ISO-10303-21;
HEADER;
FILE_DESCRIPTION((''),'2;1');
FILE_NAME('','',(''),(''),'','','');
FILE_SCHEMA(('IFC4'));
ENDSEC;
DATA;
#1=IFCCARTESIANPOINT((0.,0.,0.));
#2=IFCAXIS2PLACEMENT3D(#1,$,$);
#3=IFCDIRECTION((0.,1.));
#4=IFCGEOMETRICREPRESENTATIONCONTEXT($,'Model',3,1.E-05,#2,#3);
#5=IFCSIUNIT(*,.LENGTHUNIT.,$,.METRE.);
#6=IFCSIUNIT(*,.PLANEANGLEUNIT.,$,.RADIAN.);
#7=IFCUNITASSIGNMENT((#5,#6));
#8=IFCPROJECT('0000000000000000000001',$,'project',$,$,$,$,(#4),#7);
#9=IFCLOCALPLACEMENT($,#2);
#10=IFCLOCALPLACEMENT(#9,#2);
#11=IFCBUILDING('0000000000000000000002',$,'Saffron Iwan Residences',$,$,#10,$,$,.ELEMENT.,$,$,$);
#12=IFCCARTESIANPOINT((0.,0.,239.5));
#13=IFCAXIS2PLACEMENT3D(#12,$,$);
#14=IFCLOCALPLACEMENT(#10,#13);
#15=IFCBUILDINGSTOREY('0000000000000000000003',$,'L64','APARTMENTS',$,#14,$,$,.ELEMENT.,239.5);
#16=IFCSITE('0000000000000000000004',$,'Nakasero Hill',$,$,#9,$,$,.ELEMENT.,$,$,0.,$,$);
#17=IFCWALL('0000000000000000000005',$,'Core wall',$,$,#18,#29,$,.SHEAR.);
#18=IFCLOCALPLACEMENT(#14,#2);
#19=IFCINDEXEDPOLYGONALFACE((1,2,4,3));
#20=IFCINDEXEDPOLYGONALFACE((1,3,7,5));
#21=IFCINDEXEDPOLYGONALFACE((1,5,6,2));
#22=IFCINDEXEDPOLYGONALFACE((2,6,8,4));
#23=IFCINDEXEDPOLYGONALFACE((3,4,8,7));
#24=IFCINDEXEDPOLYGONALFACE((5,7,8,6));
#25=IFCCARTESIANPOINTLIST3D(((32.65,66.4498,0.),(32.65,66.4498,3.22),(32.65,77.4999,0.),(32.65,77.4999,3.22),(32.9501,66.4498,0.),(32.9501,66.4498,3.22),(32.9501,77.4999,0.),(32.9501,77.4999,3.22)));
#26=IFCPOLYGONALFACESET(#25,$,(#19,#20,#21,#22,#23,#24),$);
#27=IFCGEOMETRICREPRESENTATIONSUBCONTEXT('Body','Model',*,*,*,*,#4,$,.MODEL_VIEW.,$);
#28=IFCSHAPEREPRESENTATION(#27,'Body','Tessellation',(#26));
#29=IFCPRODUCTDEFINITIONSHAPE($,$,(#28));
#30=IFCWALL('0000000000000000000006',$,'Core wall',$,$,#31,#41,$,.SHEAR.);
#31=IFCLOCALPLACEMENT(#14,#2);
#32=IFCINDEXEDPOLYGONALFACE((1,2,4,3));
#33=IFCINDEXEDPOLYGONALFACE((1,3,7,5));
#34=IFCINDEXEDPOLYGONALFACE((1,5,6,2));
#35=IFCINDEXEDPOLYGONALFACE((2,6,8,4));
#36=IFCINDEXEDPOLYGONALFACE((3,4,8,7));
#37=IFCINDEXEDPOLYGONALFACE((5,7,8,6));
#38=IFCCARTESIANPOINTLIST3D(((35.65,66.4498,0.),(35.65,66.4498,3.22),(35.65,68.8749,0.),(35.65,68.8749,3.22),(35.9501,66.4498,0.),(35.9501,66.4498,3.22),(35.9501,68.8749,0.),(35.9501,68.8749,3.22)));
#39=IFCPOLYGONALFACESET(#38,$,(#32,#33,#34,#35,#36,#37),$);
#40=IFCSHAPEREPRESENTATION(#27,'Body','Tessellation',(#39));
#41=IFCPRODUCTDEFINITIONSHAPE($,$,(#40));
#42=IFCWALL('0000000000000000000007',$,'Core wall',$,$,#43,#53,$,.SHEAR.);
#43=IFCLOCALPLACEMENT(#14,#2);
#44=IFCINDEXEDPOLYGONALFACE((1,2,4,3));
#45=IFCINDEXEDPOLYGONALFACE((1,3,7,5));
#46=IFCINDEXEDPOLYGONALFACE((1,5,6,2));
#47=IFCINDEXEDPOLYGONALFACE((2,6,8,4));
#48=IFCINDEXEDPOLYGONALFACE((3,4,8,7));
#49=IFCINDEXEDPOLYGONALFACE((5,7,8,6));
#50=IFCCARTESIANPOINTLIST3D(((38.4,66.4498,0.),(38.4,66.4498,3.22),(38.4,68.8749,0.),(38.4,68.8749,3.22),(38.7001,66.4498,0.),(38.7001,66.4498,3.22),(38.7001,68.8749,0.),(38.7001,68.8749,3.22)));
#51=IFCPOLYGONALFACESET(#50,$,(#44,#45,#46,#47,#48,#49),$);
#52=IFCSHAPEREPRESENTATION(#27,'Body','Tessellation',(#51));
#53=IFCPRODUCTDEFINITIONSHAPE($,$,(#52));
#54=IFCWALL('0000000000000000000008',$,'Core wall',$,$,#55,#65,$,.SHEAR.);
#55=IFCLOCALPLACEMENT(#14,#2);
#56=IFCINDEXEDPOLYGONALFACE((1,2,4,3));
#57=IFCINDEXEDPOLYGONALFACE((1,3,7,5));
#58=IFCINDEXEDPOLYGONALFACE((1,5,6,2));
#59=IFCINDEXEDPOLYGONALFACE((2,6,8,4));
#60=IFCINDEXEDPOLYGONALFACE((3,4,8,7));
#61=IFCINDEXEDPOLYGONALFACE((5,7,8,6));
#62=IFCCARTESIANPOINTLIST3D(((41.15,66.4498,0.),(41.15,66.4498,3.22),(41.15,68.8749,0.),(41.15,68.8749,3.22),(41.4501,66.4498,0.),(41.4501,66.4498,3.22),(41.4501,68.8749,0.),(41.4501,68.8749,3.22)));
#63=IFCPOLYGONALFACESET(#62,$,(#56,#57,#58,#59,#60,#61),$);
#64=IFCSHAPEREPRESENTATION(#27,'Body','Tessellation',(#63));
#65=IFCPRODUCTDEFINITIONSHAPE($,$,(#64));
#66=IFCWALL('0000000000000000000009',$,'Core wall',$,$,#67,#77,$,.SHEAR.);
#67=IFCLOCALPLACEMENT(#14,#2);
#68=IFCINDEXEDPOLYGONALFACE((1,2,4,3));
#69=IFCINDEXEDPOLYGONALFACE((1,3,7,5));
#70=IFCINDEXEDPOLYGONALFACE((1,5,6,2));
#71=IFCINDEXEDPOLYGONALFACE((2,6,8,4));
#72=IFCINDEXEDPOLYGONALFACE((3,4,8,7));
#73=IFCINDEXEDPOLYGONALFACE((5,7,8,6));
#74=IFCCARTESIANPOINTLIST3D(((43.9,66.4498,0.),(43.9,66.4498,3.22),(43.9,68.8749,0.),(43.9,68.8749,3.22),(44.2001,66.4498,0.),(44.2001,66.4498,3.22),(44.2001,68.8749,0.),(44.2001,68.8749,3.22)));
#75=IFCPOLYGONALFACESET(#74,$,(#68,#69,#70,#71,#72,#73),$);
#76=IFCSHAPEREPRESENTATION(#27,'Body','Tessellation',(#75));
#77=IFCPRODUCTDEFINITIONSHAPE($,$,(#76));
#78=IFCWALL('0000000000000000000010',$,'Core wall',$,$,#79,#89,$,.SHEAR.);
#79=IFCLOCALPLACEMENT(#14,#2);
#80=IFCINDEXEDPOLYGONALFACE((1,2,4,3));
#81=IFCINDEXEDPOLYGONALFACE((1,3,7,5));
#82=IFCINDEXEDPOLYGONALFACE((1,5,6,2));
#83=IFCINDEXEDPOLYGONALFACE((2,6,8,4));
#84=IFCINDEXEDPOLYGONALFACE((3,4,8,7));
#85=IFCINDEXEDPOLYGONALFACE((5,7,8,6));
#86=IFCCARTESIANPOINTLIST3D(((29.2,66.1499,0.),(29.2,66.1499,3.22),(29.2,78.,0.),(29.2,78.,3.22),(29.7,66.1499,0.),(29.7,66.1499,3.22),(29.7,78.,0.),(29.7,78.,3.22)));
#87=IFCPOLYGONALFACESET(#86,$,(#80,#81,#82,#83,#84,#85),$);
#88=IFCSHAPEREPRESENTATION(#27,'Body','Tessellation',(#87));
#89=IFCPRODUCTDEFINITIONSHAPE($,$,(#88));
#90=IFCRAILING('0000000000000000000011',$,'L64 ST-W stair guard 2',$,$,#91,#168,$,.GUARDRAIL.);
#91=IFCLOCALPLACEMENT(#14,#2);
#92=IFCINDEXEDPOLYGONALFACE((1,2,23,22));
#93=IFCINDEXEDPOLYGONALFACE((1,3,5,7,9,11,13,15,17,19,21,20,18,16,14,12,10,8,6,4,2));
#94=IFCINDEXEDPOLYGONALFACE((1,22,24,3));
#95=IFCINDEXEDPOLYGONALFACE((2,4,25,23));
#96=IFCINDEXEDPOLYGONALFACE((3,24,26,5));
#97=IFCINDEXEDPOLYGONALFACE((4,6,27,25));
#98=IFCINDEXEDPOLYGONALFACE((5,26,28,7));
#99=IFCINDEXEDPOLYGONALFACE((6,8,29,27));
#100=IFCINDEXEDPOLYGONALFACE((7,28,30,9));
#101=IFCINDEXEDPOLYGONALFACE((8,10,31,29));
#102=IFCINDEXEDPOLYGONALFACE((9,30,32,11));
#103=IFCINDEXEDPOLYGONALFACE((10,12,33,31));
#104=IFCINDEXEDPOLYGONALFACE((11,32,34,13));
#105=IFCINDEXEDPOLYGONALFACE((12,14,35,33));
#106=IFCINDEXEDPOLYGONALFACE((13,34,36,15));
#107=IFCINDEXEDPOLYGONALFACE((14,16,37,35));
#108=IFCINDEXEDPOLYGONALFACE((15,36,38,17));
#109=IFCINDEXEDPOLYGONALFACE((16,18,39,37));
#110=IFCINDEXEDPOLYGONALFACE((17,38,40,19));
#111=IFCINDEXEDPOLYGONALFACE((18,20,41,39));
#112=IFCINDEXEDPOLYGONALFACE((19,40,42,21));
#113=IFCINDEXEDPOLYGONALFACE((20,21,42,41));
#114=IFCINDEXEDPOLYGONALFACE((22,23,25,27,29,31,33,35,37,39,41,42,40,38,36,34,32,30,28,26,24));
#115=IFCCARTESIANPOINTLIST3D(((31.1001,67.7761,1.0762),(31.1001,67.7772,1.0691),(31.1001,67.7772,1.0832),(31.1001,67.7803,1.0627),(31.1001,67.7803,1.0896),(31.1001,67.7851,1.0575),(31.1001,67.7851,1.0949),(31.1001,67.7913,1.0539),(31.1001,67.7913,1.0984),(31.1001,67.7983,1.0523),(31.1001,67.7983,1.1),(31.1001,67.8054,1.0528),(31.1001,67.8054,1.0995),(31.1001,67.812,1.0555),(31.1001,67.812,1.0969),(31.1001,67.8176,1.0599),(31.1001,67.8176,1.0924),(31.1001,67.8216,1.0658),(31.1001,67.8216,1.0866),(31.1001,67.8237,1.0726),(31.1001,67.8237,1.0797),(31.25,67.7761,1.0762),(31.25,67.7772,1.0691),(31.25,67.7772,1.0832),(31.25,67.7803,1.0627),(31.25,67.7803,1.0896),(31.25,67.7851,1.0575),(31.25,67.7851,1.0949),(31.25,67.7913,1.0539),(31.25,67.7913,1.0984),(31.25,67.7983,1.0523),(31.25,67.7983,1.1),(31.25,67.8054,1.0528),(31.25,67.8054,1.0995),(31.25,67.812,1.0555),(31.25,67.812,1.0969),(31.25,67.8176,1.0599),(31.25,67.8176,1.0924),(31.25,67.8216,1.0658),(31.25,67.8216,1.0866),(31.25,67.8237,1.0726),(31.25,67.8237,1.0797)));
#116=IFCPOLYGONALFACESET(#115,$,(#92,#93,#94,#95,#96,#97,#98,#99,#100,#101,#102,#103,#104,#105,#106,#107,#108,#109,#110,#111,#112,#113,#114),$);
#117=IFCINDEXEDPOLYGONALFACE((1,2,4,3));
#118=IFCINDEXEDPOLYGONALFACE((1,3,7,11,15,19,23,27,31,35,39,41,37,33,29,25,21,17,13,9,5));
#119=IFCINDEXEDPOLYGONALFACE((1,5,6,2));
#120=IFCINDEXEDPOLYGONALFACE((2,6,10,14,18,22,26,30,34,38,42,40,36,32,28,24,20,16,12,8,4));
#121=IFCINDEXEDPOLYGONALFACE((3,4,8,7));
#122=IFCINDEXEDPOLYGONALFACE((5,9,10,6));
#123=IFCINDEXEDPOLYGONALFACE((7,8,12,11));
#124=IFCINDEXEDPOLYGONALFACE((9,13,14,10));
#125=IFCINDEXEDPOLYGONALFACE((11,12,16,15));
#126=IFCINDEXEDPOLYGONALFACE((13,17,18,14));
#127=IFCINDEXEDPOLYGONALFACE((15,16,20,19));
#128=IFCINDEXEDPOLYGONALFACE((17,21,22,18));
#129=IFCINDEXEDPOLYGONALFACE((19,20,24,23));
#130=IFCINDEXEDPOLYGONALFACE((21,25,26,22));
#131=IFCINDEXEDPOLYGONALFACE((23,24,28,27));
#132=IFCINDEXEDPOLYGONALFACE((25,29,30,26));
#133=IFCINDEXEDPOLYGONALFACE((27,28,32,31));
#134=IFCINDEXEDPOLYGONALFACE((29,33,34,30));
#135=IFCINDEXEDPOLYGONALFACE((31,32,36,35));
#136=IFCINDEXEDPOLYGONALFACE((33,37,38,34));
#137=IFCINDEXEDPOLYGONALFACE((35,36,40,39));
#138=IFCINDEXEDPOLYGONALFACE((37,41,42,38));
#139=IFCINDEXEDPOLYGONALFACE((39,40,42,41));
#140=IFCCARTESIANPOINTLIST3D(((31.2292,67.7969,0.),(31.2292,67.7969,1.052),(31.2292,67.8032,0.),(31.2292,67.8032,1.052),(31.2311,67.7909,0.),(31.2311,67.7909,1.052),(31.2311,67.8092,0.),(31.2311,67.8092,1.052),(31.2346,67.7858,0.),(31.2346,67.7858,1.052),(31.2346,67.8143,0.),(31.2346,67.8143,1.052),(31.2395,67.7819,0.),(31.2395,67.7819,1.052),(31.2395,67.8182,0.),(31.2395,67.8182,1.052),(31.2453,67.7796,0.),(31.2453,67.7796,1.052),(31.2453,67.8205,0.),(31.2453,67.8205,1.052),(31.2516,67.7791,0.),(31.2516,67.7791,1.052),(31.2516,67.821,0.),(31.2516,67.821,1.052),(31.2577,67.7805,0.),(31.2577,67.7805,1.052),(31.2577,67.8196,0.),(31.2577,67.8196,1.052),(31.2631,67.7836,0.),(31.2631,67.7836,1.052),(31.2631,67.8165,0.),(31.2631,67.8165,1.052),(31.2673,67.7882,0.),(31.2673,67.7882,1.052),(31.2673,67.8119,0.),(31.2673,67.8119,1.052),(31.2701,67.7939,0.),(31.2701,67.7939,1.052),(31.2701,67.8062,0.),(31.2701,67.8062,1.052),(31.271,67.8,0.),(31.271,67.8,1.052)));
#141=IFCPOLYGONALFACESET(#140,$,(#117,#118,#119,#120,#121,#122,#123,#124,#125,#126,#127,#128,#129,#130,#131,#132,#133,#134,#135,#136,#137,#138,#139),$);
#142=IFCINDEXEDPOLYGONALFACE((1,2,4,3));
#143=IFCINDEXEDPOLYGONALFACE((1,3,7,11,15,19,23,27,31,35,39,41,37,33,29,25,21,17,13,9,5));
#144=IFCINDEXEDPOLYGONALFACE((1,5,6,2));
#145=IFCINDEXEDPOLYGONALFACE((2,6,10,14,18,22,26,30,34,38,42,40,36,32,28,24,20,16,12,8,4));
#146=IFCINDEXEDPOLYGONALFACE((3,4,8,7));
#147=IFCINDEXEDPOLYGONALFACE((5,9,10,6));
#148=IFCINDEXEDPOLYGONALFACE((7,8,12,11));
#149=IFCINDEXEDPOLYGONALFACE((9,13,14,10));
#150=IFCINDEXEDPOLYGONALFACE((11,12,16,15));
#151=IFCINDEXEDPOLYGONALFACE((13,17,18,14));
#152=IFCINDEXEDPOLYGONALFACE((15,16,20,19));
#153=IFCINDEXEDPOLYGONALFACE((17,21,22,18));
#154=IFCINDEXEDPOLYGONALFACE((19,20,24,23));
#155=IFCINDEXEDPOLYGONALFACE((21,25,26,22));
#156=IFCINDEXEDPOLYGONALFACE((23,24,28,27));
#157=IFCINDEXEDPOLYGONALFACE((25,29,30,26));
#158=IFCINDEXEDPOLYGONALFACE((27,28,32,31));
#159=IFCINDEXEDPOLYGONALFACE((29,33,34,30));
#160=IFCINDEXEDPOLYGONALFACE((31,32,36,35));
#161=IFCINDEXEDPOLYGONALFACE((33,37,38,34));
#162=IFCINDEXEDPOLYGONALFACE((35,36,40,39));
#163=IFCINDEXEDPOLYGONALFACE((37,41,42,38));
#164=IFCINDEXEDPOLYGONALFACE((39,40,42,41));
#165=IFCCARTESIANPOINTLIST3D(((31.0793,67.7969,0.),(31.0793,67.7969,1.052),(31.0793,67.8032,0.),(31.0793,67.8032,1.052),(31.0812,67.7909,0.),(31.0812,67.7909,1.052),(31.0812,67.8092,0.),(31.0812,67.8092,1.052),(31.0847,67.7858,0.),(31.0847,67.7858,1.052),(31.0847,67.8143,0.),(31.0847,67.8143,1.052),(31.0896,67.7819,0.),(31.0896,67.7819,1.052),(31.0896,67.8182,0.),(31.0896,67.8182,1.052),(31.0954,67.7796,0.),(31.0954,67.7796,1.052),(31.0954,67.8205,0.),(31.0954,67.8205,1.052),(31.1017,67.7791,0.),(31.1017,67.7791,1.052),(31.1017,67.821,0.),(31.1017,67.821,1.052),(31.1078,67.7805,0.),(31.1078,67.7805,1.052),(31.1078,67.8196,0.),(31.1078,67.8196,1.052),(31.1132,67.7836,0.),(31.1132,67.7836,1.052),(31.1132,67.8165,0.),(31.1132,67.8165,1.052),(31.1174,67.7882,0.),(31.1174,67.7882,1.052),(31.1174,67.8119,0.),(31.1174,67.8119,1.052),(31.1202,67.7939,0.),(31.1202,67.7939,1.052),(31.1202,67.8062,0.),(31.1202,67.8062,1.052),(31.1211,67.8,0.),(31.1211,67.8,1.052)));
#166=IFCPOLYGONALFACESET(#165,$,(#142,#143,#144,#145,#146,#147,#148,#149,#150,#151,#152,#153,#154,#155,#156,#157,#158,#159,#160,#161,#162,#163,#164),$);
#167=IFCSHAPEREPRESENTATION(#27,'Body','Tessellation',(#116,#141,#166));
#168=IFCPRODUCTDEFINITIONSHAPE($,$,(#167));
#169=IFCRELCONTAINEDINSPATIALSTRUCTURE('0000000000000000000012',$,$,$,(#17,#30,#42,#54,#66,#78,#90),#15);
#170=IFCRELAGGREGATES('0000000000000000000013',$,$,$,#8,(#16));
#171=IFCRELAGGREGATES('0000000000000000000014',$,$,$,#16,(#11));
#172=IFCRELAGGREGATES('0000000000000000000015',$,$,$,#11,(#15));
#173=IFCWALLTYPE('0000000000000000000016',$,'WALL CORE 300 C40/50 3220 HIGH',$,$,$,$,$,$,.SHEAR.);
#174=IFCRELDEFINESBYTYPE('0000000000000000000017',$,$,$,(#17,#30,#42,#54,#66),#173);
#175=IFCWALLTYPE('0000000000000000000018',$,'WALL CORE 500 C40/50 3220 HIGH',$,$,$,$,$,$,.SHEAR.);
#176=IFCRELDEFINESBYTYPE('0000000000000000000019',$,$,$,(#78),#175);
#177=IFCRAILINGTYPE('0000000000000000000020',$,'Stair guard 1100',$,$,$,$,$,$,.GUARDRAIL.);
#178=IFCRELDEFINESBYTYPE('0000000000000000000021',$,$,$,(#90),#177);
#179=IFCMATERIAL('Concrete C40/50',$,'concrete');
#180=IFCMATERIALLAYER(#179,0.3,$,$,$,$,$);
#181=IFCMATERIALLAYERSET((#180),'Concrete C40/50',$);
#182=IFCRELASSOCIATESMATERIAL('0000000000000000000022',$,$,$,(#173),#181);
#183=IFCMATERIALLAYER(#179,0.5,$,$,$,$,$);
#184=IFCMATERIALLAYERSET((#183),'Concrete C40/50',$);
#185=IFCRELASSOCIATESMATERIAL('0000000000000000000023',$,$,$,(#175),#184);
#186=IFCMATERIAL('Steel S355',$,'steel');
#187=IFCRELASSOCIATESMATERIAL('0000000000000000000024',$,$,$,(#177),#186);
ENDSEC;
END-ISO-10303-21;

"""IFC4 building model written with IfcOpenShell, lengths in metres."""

from ifc_helpers import new_model, si_unit, direction, frame, frame_2d, origin, origin_2d, place, context, subcontext, project, spatial, rectangle, circle, extrude, material, layer, layer_set, type_object, element, save


model = new_model("IFC4")

# Units and contexts
model_context = context("Model", 3, precision=1e-05, world=origin(), true_north=direction((0.0, 1.0)))
body_context = subcontext(model_context, "Body", "Model", "MODEL_VIEW")
ifc_project = project(units=[si_unit("LENGTHUNIT", "METRE"), si_unit("PLANEANGLEUNIT", "RADIAN")], contexts=[model_context])

# Site, building, storey
site_placement = place(None, origin())
site = spatial("IfcSite", under=ifc_project, at=site_placement, Name="Nakasero Hill", CompositionType="ELEMENT", RefElevation=0.0)
building_placement = place(site_placement, origin())
building = spatial("IfcBuilding", under=site, at=building_placement, Name="Saffron Iwan Residences", CompositionType="ELEMENT")
storey_placement = place(building_placement, frame((0.0, 0.0, 239.5)))
storey = spatial("IfcBuildingStorey", under=building, at=storey_placement, Name="L64", Description="APARTMENTS", CompositionType="ELEMENT", Elevation=239.5)

# Shared definitions
ifc_material_1 = material(Name="Concrete C40/50", Category="concrete")

# Shared definitions
ifc_layer_1 = layer(ifc_material_1, 0.3)
ifc_layer_set_1 = layer_set([ifc_layer_1], Name="Concrete C40/50")
wall_type_1 = type_object("IfcWallType", Name="WALL CORE 300 C40/50 3220 HIGH", PredefinedType="SHEAR", material=ifc_layer_set_1)

# Walls
wall_1_placement = place(storey_placement, frame((32.8, 66.45, 0.0), z_axis=(0.0, 0.0, 1.0), x_axis=(0.0, 1.0, 0.0)))
element("IfcWall", 1, at=wall_1_placement, inside=storey, type_object=wall_type_1, Name="Core wall", PredefinedType="SHEAR", context=body_context, shape_type="SweptSolid", body=[
    extrude(rectangle(XDim=11.05, YDim=0.3, at=frame_2d((5.5249, 0.0))), origin(), (0.0, 0.0, 1.0), 3.22),
])
for number, where, z_axis, x_axis, name in (
    (2, (35.8, 66.45, 0.0), (0.0, 0.0, 1.0), (0.0, 1.0, 0.0), "Core wall"),
    (3, (38.55, 66.45, 0.0), (0.0, 0.0, 1.0), (0.0, 1.0, 0.0), "Core wall"),
    (4, (41.3, 66.45, 0.0), (0.0, 0.0, 1.0), (0.0, 1.0, 0.0), "Core wall"),
    (5, (44.05, 66.45, 0.0), (0.0, 0.0, 1.0), (0.0, 1.0, 0.0), "Core wall"),
):
    element("IfcWall", number, at=place(storey_placement, frame(where, z_axis=z_axis, x_axis=x_axis)), inside=storey, type_object=wall_type_1, Name=name, PredefinedType="SHEAR", context=body_context, shape_type="SweptSolid", body=[
        extrude(rectangle(XDim=2.425, YDim=0.3, at=frame_2d((1.2124, 0.0))), origin(), (0.0, 0.0, 1.0), 3.22),
    ])
ifc_layer_2 = layer(ifc_material_1, 0.5)
ifc_layer_set_2 = layer_set([ifc_layer_2], Name="Concrete C40/50")
wall_type_2 = type_object("IfcWallType", Name="WALL CORE 500 C40/50 3220 HIGH", PredefinedType="SHEAR", material=ifc_layer_set_2)
wall_2_placement = place(storey_placement, frame((29.45, 66.1499, 0.0), z_axis=(0.0, 0.0, 1.0), x_axis=(0.0, 1.0, 0.0)))
element("IfcWall", 6, at=wall_2_placement, inside=storey, type_object=wall_type_2, Name="Core wall", PredefinedType="SHEAR", context=body_context, shape_type="SweptSolid", body=[
    extrude(rectangle(XDim=11.8501, YDim=0.5, at=frame_2d((5.925, 0.0))), origin(), (0.0, 0.0, 1.0), 3.22),
])

# Railing
ifc_material_2 = material(Name="Steel S355", Category="steel")
railing_type_1 = type_object("IfcRailingType", Name="Stair guard 1100", PredefinedType="GUARDRAIL", material=ifc_material_2)
railing_1_placement = place(storey_placement, frame((31.25, 67.8, 0.0)))
element("IfcRailing", 7, at=railing_1_placement, inside=storey, type_object=railing_type_1, Name="L64 ST-W stair guard 2", PredefinedType="GUARDRAIL", context=body_context, shape_type="SweptSolid", body=[
    extrude(circle(Radius=0.0239, at=origin_2d()), frame((0.0, 0.0, 1.0762), z_axis=(-1.0, 0.0, 0.0), x_axis=(0.0, -1.0, 0.0)), (0.0, 0.0, 1.0), 0.1499),
    extrude(circle(Radius=0.021, at=origin_2d()), origin(), (0.0, 0.0, 1.0), 1.052),
    extrude(circle(Radius=0.021, at=origin_2d()), frame((-0.1499, 0.0, 0.0)), (0.0, 0.0, 1.0), 1.052),
])

save(model, "model.ifc")
